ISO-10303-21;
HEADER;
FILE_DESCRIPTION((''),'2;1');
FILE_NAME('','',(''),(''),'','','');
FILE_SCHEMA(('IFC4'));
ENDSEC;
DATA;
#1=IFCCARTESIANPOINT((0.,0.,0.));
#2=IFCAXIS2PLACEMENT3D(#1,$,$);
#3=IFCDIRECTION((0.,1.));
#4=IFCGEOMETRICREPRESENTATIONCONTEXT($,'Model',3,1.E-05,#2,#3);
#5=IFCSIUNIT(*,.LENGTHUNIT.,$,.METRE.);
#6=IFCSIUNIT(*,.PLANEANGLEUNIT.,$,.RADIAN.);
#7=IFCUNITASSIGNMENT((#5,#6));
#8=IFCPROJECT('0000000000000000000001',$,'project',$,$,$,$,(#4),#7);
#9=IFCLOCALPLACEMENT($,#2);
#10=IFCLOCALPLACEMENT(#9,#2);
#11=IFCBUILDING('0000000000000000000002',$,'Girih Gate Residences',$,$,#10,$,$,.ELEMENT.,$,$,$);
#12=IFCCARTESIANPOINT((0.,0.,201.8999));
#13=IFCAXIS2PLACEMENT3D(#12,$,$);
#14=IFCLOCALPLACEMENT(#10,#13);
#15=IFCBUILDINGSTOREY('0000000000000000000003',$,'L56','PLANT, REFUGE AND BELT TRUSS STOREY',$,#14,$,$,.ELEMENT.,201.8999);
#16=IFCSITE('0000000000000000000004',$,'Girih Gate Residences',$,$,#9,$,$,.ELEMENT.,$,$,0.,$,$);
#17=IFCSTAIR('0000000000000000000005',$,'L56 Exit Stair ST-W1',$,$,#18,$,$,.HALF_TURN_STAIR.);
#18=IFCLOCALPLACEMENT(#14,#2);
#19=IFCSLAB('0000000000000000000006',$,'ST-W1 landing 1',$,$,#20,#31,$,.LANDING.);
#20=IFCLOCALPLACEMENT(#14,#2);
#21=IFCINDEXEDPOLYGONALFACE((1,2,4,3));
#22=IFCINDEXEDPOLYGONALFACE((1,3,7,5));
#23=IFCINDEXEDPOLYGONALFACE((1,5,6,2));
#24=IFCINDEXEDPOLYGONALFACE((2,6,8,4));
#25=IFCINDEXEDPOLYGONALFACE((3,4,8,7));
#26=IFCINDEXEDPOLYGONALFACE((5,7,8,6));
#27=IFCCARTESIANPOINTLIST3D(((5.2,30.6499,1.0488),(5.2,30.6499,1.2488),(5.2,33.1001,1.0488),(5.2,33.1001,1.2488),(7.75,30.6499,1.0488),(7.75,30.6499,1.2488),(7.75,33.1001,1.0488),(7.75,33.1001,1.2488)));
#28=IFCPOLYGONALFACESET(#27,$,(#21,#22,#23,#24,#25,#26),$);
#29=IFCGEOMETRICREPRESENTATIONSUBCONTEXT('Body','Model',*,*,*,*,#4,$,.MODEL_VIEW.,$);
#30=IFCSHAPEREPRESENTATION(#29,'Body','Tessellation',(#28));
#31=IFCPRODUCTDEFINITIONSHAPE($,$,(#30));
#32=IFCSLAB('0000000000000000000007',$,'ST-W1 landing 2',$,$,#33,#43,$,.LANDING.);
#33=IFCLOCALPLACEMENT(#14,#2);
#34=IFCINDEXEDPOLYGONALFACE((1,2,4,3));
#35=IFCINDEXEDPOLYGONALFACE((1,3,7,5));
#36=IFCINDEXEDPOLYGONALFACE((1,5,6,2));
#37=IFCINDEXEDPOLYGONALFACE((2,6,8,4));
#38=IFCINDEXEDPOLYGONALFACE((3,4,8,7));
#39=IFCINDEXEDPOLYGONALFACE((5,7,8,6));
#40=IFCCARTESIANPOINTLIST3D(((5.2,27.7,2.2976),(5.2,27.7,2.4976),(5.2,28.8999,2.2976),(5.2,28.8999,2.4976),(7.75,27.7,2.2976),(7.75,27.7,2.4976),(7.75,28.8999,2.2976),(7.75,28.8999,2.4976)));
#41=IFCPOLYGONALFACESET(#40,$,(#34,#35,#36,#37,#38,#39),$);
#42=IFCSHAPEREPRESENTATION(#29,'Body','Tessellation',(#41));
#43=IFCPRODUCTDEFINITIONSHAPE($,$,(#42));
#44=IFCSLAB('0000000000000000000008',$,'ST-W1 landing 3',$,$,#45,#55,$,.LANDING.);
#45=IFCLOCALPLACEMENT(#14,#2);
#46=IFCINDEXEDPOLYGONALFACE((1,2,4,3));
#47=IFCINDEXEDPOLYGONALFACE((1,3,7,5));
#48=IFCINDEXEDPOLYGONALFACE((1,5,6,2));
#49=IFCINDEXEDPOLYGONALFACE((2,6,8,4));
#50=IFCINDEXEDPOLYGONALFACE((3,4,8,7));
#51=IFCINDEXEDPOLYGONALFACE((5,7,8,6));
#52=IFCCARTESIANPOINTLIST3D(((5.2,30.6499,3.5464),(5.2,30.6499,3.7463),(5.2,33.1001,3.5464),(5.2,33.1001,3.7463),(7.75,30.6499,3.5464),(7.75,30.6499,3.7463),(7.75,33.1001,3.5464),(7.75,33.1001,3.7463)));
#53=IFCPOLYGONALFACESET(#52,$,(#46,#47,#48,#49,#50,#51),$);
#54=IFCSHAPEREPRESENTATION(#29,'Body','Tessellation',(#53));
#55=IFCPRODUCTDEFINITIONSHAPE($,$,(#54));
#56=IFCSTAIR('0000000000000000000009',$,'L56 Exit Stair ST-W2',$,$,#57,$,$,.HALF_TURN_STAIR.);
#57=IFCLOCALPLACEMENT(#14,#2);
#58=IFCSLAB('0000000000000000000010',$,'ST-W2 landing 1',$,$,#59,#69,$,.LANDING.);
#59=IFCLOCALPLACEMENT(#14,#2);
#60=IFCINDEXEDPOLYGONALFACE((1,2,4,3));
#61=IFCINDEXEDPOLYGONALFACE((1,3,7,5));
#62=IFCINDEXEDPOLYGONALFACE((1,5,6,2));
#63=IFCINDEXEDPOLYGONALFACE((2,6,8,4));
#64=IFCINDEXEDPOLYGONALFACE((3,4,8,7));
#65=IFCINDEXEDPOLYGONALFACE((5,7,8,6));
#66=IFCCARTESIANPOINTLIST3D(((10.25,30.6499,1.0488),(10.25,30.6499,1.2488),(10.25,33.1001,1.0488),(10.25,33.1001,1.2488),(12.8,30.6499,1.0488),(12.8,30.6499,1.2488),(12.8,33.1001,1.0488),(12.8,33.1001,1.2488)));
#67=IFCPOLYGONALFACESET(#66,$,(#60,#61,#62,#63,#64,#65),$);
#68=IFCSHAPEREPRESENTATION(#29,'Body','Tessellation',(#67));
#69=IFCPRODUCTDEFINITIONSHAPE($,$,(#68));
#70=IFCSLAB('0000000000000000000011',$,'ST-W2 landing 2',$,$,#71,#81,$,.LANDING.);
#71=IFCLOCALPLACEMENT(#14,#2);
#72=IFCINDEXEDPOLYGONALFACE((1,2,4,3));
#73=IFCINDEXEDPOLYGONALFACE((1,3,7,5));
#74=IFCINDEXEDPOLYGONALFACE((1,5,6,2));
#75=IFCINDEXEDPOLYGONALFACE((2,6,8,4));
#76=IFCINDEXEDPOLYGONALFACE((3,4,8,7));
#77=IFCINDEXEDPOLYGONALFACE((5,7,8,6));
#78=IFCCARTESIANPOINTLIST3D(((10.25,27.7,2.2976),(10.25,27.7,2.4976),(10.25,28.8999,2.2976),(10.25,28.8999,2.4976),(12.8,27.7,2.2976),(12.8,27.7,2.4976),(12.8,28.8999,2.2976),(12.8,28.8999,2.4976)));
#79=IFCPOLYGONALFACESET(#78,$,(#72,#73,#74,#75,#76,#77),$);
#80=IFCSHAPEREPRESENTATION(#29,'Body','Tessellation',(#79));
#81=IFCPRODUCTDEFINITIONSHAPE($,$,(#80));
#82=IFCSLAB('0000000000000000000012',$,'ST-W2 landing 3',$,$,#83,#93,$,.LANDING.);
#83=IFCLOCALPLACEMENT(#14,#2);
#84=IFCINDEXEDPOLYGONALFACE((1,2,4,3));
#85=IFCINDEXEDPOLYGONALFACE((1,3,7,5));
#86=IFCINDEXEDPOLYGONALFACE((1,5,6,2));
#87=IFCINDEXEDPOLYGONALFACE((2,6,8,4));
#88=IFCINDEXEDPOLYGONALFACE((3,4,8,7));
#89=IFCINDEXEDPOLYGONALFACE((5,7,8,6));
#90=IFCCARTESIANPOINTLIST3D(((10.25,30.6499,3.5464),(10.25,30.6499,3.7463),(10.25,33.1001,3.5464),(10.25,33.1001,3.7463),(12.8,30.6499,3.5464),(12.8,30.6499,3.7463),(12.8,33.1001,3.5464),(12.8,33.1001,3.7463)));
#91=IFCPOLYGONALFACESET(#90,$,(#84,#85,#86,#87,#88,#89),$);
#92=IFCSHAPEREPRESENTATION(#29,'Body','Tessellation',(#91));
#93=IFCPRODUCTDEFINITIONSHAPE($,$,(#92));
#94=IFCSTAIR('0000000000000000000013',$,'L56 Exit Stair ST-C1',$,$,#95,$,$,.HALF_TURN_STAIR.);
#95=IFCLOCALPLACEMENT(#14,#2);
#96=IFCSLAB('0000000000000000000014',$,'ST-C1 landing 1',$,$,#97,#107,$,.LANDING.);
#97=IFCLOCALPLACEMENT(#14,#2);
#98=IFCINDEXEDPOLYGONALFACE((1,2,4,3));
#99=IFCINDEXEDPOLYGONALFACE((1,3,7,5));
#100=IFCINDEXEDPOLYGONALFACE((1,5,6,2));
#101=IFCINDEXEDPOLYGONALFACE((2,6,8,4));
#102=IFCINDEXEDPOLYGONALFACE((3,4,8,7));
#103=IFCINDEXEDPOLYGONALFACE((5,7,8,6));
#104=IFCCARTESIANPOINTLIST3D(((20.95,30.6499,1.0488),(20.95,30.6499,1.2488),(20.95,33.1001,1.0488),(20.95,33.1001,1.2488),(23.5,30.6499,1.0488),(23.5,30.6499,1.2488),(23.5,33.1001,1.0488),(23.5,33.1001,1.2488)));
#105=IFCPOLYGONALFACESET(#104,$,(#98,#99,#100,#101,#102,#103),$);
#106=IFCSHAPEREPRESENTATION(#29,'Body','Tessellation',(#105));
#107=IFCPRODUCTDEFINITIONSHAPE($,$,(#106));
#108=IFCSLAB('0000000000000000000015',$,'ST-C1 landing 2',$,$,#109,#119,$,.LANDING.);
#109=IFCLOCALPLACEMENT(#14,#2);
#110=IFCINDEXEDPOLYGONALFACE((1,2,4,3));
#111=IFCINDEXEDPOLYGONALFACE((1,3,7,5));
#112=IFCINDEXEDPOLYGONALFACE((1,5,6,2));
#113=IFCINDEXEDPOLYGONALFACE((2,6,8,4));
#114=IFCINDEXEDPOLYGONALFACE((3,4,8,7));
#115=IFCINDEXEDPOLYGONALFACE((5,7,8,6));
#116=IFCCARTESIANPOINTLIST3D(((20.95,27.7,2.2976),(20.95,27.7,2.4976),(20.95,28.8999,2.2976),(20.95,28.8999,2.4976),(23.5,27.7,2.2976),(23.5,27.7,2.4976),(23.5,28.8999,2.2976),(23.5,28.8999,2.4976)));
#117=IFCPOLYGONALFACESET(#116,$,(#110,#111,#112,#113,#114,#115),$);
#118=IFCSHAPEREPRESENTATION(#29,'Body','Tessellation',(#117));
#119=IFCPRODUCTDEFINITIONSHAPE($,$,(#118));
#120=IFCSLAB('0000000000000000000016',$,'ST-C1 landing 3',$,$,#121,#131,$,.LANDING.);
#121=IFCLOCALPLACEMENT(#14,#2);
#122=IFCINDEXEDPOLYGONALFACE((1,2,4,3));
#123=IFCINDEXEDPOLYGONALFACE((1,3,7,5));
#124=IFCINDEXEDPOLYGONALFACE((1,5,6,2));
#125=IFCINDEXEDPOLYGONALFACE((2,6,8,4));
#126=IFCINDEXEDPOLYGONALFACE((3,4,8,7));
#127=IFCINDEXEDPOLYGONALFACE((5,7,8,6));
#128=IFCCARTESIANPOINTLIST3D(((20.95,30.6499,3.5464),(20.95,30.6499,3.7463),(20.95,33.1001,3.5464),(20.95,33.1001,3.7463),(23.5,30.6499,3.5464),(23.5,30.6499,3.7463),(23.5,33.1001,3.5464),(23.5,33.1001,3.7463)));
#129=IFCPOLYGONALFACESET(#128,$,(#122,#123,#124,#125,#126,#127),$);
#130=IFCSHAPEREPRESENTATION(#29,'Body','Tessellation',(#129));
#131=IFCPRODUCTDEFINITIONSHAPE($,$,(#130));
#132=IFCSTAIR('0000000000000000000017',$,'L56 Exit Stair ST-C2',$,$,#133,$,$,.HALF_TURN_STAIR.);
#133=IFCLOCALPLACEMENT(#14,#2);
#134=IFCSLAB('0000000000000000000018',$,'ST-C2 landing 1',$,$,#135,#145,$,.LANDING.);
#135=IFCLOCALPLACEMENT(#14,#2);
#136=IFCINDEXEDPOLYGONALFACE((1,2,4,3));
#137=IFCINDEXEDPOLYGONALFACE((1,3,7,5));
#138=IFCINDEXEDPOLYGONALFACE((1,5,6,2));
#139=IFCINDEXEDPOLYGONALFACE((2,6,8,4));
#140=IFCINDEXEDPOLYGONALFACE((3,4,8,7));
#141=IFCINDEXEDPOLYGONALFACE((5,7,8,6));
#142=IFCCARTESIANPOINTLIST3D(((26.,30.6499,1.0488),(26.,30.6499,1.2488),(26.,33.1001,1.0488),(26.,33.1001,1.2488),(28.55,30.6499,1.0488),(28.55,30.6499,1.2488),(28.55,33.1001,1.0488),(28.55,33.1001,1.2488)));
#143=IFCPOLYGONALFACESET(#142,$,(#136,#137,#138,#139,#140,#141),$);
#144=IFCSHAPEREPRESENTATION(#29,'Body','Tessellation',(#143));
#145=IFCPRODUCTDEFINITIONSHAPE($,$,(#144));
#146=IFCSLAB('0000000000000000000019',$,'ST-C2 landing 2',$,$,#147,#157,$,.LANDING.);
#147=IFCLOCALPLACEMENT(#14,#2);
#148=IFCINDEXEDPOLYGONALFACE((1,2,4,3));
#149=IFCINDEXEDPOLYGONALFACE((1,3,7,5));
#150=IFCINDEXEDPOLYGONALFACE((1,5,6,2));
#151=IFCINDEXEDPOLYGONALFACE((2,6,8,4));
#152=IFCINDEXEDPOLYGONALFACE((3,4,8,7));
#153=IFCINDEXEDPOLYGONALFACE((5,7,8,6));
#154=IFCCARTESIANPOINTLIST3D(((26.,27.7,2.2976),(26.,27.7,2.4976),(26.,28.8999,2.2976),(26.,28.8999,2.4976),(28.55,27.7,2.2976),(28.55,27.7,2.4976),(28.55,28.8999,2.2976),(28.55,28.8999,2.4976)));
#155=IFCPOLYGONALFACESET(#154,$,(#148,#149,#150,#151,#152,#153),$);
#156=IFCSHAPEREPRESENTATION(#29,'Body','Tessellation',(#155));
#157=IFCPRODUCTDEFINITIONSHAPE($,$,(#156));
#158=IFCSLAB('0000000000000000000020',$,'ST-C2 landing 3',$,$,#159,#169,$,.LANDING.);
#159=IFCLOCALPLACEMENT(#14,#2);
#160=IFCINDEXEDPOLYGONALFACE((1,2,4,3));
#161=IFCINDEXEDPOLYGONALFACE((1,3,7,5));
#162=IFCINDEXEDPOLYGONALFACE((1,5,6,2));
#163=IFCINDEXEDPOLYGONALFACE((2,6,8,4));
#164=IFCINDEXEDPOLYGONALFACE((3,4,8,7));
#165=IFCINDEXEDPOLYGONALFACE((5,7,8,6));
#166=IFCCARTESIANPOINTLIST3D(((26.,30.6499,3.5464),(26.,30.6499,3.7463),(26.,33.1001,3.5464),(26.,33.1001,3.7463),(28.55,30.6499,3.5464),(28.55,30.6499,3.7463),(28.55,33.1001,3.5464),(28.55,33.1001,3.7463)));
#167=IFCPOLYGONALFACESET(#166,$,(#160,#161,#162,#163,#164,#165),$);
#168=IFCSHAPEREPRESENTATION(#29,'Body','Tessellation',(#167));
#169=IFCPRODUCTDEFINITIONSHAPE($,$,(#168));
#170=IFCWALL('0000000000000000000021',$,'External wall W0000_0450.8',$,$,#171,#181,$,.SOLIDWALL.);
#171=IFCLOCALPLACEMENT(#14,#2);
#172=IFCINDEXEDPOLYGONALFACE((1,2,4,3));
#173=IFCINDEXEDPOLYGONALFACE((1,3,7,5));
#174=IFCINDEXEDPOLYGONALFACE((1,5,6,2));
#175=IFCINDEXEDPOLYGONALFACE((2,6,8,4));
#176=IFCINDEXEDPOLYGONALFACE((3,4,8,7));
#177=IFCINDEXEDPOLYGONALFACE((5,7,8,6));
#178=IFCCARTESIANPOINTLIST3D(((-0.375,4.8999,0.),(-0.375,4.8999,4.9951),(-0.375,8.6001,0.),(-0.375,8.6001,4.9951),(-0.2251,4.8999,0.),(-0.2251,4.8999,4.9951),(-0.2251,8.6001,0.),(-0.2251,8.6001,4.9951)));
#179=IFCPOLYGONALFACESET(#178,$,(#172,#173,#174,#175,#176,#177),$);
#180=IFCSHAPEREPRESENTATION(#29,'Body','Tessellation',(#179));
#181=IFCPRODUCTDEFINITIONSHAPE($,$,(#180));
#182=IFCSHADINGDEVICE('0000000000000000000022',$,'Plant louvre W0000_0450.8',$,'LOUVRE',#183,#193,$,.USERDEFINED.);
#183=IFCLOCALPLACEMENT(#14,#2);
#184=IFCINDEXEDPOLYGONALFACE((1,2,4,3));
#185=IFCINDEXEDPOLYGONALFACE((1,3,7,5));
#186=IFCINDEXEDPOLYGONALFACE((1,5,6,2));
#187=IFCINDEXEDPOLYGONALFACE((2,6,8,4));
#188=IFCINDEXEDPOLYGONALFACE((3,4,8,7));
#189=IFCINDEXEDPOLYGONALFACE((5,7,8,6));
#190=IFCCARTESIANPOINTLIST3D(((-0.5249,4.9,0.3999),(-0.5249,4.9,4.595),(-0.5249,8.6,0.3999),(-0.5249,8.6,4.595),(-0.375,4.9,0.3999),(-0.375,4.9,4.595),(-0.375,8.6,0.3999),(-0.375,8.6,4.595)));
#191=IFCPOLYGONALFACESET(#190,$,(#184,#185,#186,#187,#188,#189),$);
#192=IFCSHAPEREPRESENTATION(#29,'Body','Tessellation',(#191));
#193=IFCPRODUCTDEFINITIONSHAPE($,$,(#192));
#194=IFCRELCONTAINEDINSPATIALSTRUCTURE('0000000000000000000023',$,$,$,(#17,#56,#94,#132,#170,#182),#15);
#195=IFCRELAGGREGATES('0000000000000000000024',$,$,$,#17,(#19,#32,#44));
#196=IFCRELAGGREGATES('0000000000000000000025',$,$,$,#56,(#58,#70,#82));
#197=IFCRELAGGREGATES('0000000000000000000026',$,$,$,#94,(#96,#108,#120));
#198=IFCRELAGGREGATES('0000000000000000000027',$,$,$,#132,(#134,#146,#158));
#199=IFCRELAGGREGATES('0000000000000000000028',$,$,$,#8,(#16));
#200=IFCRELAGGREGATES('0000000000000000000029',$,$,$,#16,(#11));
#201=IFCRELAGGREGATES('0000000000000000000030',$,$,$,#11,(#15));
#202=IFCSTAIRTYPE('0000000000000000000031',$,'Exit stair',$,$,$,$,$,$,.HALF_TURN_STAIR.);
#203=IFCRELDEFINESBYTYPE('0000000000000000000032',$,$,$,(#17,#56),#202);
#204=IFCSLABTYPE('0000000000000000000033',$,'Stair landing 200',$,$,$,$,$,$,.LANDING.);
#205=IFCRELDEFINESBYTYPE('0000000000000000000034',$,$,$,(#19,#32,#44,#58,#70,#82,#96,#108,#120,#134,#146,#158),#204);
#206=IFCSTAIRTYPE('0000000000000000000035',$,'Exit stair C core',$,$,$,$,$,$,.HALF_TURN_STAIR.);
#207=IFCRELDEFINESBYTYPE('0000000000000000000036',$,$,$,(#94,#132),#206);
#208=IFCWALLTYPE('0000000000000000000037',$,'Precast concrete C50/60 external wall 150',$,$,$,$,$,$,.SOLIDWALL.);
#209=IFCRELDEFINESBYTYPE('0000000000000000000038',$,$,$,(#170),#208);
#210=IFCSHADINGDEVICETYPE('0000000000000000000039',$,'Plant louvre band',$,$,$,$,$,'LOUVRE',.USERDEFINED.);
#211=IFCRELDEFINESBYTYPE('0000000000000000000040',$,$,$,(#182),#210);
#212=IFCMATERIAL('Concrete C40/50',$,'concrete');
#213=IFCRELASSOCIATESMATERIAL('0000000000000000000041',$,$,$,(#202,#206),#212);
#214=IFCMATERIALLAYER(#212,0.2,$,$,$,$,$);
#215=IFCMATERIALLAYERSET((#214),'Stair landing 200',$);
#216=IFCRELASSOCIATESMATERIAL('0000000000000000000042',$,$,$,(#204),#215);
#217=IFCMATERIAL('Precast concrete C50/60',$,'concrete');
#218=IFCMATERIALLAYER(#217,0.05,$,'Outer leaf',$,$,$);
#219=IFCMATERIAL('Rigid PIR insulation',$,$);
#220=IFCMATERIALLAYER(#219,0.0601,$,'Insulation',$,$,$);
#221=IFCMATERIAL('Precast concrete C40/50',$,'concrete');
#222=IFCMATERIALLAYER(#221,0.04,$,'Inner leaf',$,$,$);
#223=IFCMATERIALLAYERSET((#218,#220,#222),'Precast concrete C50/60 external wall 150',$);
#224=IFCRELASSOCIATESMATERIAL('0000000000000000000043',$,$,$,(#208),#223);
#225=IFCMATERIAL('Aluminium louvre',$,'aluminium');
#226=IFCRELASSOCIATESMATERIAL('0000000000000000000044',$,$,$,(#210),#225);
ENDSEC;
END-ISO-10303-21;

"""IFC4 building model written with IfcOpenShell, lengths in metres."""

from ifc_helpers import new_model, si_unit, direction, frame, frame_2d, origin, origin_2d, place, context, subcontext, project, spatial, polyline, rectangle, outline, extrude, material, layer, layer_set, type_object, element, aggregate, save


model = new_model("IFC4")

# Units and contexts
model_context = context("Model", 3, precision=1e-05, world=origin(), true_north=direction((0.0, 1.0)))
body_context = subcontext(model_context, "Body", "Model", "MODEL_VIEW")
ifc_project = project(units=[si_unit("LENGTHUNIT", "METRE"), si_unit("PLANEANGLEUNIT", "RADIAN")], contexts=[model_context])

# Site, building, storey
site_placement = place(None, origin())
site = spatial("IfcSite", under=ifc_project, at=site_placement, Name="Girih Gate Residences", CompositionType="ELEMENT", RefElevation=0.0)
building_placement = place(site_placement, origin())
building = spatial("IfcBuilding", under=site, at=building_placement, Name="Girih Gate Residences", CompositionType="ELEMENT")
storey_placement = place(building_placement, frame((0.0, 0.0, 201.8999)))
storey = spatial("IfcBuildingStorey", under=building, at=storey_placement, Name="L56", Description="PLANT, REFUGE AND BELT TRUSS STOREY", CompositionType="ELEMENT", Elevation=201.8999)

# Shared definitions
ifc_material_1 = material(Name="Concrete C40/50", Category="concrete")

# Stairs, slabs
stair_type_1 = type_object("IfcStairType", Name="Exit stair", PredefinedType="HALF_TURN_STAIR", material=ifc_material_1)
stair_1_placement = place(storey_placement, origin())
stair_1 = element("IfcStair", 1, at=stair_1_placement, inside=storey, type_object=stair_type_1, Name="L56 Exit Stair ST-W1", PredefinedType="HALF_TURN_STAIR")
ifc_layer_1 = layer(ifc_material_1, 0.2)
ifc_layer_set_1 = layer_set([ifc_layer_1], Name="Stair landing 200")
slab_type_1 = type_object("IfcSlabType", Name="Stair landing 200", PredefinedType="LANDING", material=ifc_layer_set_1)
slab_1_placement = place(storey_placement, frame((0.0, 0.0, 1.0488)))
slab_1 = element("IfcSlab", 2, at=slab_1_placement, type_object=slab_type_1, Name="ST-W1 landing 1", PredefinedType="LANDING", context=body_context, shape_type="SweptSolid", body=[
    extrude(outline(polyline([(7.75, 30.6499), (7.75, 33.1001), (5.2, 33.1001), (5.2, 30.6499), (7.75, 30.6499)])), origin(), (0.0, 0.0, 1.0), 0.2),
])
slab_2_placement = place(storey_placement, frame((0.0, 0.0, 2.2976)))
slab_2 = element("IfcSlab", 3, at=slab_2_placement, type_object=slab_type_1, Name="ST-W1 landing 2", PredefinedType="LANDING", context=body_context, shape_type="SweptSolid", body=[
    extrude(outline(polyline([(7.75, 27.7), (7.75, 28.8999), (5.2, 28.8999), (5.2, 27.7), (7.75, 27.7)])), origin(), (0.0, 0.0, 1.0), 0.2),
])
slab_3_placement = place(storey_placement, frame((0.0, 0.0, 3.5464)))
slab_3 = element("IfcSlab", 4, at=slab_3_placement, type_object=slab_type_1, Name="ST-W1 landing 3", PredefinedType="LANDING", context=body_context, shape_type="SweptSolid", body=[
    extrude(outline(polyline([(7.75, 30.6499), (7.75, 33.1001), (5.2, 33.1001), (5.2, 30.6499), (7.75, 30.6499)])), origin(), (0.0, 0.0, 1.0), 0.2),
])
aggregate(stair_1, [slab_1, slab_2, slab_3])
stair_2_placement = place(storey_placement, origin())
stair_2 = element("IfcStair", 5, at=stair_2_placement, inside=storey, type_object=stair_type_1, Name="L56 Exit Stair ST-W2", PredefinedType="HALF_TURN_STAIR")
slab_4_placement = place(storey_placement, frame((0.0, 0.0, 1.0488)))
slab_4 = element("IfcSlab", 6, at=slab_4_placement, type_object=slab_type_1, Name="ST-W2 landing 1", PredefinedType="LANDING", context=body_context, shape_type="SweptSolid", body=[
    extrude(outline(polyline([(12.8, 30.6499), (12.8, 33.1001), (10.25, 33.1001), (10.25, 30.6499), (12.8, 30.6499)])), origin(), (0.0, 0.0, 1.0), 0.2),
])
slab_5_placement = place(storey_placement, frame((0.0, 0.0, 2.2976)))
slab_5 = element("IfcSlab", 7, at=slab_5_placement, type_object=slab_type_1, Name="ST-W2 landing 2", PredefinedType="LANDING", context=body_context, shape_type="SweptSolid", body=[
    extrude(outline(polyline([(12.8, 27.7), (12.8, 28.8999), (10.25, 28.8999), (10.25, 27.7), (12.8, 27.7)])), origin(), (0.0, 0.0, 1.0), 0.2),
])
slab_6_placement = place(storey_placement, frame((0.0, 0.0, 3.5464)))
slab_6 = element("IfcSlab", 8, at=slab_6_placement, type_object=slab_type_1, Name="ST-W2 landing 3", PredefinedType="LANDING", context=body_context, shape_type="SweptSolid", body=[
    extrude(outline(polyline([(12.8, 30.6499), (12.8, 33.1001), (10.25, 33.1001), (10.25, 30.6499), (12.8, 30.6499)])), origin(), (0.0, 0.0, 1.0), 0.2),
])
aggregate(stair_2, [slab_4, slab_5, slab_6])
stair_type_2 = type_object("IfcStairType", Name="Exit stair C core", PredefinedType="HALF_TURN_STAIR", material=ifc_material_1)
stair_3_placement = place(storey_placement, origin())
stair_3 = element("IfcStair", 9, at=stair_3_placement, inside=storey, type_object=stair_type_2, Name="L56 Exit Stair ST-C1", PredefinedType="HALF_TURN_STAIR")
slab_7_placement = place(storey_placement, frame((0.0, 0.0, 1.0488)))
slab_7 = element("IfcSlab", 10, at=slab_7_placement, type_object=slab_type_1, Name="ST-C1 landing 1", PredefinedType="LANDING", context=body_context, shape_type="SweptSolid", body=[
    extrude(outline(polyline([(23.5, 30.6499), (23.5, 33.1001), (20.95, 33.1001), (20.95, 30.6499), (23.5, 30.6499)])), origin(), (0.0, 0.0, 1.0), 0.2),
])
slab_8_placement = place(storey_placement, frame((0.0, 0.0, 2.2976)))
slab_8 = element("IfcSlab", 11, at=slab_8_placement, type_object=slab_type_1, Name="ST-C1 landing 2", PredefinedType="LANDING", context=body_context, shape_type="SweptSolid", body=[
    extrude(outline(polyline([(23.5, 27.7), (23.5, 28.8999), (20.95, 28.8999), (20.95, 27.7), (23.5, 27.7)])), origin(), (0.0, 0.0, 1.0), 0.2),
])
slab_9_placement = place(storey_placement, frame((0.0, 0.0, 3.5464)))
slab_9 = element("IfcSlab", 12, at=slab_9_placement, type_object=slab_type_1, Name="ST-C1 landing 3", PredefinedType="LANDING", context=body_context, shape_type="SweptSolid", body=[
    extrude(outline(polyline([(23.5, 30.6499), (23.5, 33.1001), (20.95, 33.1001), (20.95, 30.6499), (23.5, 30.6499)])), origin(), (0.0, 0.0, 1.0), 0.2),
])
aggregate(stair_3, [slab_7, slab_8, slab_9])
stair_4_placement = place(storey_placement, origin())
stair_4 = element("IfcStair", 13, at=stair_4_placement, inside=storey, type_object=stair_type_2, Name="L56 Exit Stair ST-C2", PredefinedType="HALF_TURN_STAIR")
slab_10_placement = place(storey_placement, frame((0.0, 0.0, 1.0488)))
slab_10 = element("IfcSlab", 14, at=slab_10_placement, type_object=slab_type_1, Name="ST-C2 landing 1", PredefinedType="LANDING", context=body_context, shape_type="SweptSolid", body=[
    extrude(outline(polyline([(28.55, 30.6499), (28.55, 33.1001), (26.0, 33.1001), (26.0, 30.6499), (28.55, 30.6499)])), origin(), (0.0, 0.0, 1.0), 0.2),
])
slab_11_placement = place(storey_placement, frame((0.0, 0.0, 2.2976)))
slab_11 = element("IfcSlab", 15, at=slab_11_placement, type_object=slab_type_1, Name="ST-C2 landing 2", PredefinedType="LANDING", context=body_context, shape_type="SweptSolid", body=[
    extrude(outline(polyline([(28.55, 27.7), (28.55, 28.8999), (26.0, 28.8999), (26.0, 27.7), (28.55, 27.7)])), origin(), (0.0, 0.0, 1.0), 0.2),
])
slab_12_placement = place(storey_placement, frame((0.0, 0.0, 3.5464)))
slab_12 = element("IfcSlab", 16, at=slab_12_placement, type_object=slab_type_1, Name="ST-C2 landing 3", PredefinedType="LANDING", context=body_context, shape_type="SweptSolid", body=[
    extrude(outline(polyline([(28.55, 30.6499), (28.55, 33.1001), (26.0, 33.1001), (26.0, 30.6499), (28.55, 30.6499)])), origin(), (0.0, 0.0, 1.0), 0.2),
])
aggregate(stair_4, [slab_10, slab_11, slab_12])

# Wall
ifc_material_2 = material(Name="Precast concrete C50/60", Category="concrete")
ifc_layer_2 = layer(ifc_material_2, 0.05, Name="Outer leaf")
ifc_material_3 = material(Name="Rigid PIR insulation")
ifc_layer_3 = layer(ifc_material_3, 0.0601, Name="Insulation")
ifc_material_4 = material(Name="Precast concrete C40/50", Category="concrete")
ifc_layer_4 = layer(ifc_material_4, 0.04, Name="Inner leaf")
ifc_layer_set_2 = layer_set([ifc_layer_2, ifc_layer_3, ifc_layer_4], Name="Precast concrete C50/60 external wall 150")
wall_type = type_object("IfcWallType", Name="Precast concrete C50/60 external wall 150", PredefinedType="SOLIDWALL", material=ifc_layer_set_2)
wall_placement = place(storey_placement, frame((-0.3, 4.8999, 0.0), z_axis=(0.0, 0.0, 1.0), x_axis=(0.0, 1.0, 0.0)))
element("IfcWall", 17, at=wall_placement, inside=storey, type_object=wall_type, Name="External wall W0000_0450.8", PredefinedType="SOLIDWALL", context=body_context, shape_type="SweptSolid", body=[
    extrude(rectangle(XDim=3.7002, YDim=0.1499, at=frame_2d((1.8501, 0.0))), origin(), (0.0, 0.0, 1.0), 4.9951),
])

# Shading device
ifc_material_5 = material(Name="Aluminium louvre", Category="aluminium")
shading_device_type = type_object("IfcShadingDeviceType", Name="Plant louvre band", ElementType="LOUVRE", PredefinedType="USERDEFINED", material=ifc_material_5)
shading_device_placement = place(storey_placement, frame((-0.45, 6.75, 0.3999), z_axis=(0.0, 0.0, 1.0), x_axis=(0.0, -1.0, 0.0)))
element("IfcShadingDevice", 18, at=shading_device_placement, inside=storey, type_object=shading_device_type, Name="Plant louvre W0000_0450.8", ObjectType="LOUVRE", PredefinedType="USERDEFINED", context=body_context, shape_type="SweptSolid", body=[
    extrude(rectangle(XDim=3.7, YDim=0.1499, at=origin_2d()), origin(), (0.0, 0.0, 1.0), 4.1951),
])

save(model, "model.ifc")
